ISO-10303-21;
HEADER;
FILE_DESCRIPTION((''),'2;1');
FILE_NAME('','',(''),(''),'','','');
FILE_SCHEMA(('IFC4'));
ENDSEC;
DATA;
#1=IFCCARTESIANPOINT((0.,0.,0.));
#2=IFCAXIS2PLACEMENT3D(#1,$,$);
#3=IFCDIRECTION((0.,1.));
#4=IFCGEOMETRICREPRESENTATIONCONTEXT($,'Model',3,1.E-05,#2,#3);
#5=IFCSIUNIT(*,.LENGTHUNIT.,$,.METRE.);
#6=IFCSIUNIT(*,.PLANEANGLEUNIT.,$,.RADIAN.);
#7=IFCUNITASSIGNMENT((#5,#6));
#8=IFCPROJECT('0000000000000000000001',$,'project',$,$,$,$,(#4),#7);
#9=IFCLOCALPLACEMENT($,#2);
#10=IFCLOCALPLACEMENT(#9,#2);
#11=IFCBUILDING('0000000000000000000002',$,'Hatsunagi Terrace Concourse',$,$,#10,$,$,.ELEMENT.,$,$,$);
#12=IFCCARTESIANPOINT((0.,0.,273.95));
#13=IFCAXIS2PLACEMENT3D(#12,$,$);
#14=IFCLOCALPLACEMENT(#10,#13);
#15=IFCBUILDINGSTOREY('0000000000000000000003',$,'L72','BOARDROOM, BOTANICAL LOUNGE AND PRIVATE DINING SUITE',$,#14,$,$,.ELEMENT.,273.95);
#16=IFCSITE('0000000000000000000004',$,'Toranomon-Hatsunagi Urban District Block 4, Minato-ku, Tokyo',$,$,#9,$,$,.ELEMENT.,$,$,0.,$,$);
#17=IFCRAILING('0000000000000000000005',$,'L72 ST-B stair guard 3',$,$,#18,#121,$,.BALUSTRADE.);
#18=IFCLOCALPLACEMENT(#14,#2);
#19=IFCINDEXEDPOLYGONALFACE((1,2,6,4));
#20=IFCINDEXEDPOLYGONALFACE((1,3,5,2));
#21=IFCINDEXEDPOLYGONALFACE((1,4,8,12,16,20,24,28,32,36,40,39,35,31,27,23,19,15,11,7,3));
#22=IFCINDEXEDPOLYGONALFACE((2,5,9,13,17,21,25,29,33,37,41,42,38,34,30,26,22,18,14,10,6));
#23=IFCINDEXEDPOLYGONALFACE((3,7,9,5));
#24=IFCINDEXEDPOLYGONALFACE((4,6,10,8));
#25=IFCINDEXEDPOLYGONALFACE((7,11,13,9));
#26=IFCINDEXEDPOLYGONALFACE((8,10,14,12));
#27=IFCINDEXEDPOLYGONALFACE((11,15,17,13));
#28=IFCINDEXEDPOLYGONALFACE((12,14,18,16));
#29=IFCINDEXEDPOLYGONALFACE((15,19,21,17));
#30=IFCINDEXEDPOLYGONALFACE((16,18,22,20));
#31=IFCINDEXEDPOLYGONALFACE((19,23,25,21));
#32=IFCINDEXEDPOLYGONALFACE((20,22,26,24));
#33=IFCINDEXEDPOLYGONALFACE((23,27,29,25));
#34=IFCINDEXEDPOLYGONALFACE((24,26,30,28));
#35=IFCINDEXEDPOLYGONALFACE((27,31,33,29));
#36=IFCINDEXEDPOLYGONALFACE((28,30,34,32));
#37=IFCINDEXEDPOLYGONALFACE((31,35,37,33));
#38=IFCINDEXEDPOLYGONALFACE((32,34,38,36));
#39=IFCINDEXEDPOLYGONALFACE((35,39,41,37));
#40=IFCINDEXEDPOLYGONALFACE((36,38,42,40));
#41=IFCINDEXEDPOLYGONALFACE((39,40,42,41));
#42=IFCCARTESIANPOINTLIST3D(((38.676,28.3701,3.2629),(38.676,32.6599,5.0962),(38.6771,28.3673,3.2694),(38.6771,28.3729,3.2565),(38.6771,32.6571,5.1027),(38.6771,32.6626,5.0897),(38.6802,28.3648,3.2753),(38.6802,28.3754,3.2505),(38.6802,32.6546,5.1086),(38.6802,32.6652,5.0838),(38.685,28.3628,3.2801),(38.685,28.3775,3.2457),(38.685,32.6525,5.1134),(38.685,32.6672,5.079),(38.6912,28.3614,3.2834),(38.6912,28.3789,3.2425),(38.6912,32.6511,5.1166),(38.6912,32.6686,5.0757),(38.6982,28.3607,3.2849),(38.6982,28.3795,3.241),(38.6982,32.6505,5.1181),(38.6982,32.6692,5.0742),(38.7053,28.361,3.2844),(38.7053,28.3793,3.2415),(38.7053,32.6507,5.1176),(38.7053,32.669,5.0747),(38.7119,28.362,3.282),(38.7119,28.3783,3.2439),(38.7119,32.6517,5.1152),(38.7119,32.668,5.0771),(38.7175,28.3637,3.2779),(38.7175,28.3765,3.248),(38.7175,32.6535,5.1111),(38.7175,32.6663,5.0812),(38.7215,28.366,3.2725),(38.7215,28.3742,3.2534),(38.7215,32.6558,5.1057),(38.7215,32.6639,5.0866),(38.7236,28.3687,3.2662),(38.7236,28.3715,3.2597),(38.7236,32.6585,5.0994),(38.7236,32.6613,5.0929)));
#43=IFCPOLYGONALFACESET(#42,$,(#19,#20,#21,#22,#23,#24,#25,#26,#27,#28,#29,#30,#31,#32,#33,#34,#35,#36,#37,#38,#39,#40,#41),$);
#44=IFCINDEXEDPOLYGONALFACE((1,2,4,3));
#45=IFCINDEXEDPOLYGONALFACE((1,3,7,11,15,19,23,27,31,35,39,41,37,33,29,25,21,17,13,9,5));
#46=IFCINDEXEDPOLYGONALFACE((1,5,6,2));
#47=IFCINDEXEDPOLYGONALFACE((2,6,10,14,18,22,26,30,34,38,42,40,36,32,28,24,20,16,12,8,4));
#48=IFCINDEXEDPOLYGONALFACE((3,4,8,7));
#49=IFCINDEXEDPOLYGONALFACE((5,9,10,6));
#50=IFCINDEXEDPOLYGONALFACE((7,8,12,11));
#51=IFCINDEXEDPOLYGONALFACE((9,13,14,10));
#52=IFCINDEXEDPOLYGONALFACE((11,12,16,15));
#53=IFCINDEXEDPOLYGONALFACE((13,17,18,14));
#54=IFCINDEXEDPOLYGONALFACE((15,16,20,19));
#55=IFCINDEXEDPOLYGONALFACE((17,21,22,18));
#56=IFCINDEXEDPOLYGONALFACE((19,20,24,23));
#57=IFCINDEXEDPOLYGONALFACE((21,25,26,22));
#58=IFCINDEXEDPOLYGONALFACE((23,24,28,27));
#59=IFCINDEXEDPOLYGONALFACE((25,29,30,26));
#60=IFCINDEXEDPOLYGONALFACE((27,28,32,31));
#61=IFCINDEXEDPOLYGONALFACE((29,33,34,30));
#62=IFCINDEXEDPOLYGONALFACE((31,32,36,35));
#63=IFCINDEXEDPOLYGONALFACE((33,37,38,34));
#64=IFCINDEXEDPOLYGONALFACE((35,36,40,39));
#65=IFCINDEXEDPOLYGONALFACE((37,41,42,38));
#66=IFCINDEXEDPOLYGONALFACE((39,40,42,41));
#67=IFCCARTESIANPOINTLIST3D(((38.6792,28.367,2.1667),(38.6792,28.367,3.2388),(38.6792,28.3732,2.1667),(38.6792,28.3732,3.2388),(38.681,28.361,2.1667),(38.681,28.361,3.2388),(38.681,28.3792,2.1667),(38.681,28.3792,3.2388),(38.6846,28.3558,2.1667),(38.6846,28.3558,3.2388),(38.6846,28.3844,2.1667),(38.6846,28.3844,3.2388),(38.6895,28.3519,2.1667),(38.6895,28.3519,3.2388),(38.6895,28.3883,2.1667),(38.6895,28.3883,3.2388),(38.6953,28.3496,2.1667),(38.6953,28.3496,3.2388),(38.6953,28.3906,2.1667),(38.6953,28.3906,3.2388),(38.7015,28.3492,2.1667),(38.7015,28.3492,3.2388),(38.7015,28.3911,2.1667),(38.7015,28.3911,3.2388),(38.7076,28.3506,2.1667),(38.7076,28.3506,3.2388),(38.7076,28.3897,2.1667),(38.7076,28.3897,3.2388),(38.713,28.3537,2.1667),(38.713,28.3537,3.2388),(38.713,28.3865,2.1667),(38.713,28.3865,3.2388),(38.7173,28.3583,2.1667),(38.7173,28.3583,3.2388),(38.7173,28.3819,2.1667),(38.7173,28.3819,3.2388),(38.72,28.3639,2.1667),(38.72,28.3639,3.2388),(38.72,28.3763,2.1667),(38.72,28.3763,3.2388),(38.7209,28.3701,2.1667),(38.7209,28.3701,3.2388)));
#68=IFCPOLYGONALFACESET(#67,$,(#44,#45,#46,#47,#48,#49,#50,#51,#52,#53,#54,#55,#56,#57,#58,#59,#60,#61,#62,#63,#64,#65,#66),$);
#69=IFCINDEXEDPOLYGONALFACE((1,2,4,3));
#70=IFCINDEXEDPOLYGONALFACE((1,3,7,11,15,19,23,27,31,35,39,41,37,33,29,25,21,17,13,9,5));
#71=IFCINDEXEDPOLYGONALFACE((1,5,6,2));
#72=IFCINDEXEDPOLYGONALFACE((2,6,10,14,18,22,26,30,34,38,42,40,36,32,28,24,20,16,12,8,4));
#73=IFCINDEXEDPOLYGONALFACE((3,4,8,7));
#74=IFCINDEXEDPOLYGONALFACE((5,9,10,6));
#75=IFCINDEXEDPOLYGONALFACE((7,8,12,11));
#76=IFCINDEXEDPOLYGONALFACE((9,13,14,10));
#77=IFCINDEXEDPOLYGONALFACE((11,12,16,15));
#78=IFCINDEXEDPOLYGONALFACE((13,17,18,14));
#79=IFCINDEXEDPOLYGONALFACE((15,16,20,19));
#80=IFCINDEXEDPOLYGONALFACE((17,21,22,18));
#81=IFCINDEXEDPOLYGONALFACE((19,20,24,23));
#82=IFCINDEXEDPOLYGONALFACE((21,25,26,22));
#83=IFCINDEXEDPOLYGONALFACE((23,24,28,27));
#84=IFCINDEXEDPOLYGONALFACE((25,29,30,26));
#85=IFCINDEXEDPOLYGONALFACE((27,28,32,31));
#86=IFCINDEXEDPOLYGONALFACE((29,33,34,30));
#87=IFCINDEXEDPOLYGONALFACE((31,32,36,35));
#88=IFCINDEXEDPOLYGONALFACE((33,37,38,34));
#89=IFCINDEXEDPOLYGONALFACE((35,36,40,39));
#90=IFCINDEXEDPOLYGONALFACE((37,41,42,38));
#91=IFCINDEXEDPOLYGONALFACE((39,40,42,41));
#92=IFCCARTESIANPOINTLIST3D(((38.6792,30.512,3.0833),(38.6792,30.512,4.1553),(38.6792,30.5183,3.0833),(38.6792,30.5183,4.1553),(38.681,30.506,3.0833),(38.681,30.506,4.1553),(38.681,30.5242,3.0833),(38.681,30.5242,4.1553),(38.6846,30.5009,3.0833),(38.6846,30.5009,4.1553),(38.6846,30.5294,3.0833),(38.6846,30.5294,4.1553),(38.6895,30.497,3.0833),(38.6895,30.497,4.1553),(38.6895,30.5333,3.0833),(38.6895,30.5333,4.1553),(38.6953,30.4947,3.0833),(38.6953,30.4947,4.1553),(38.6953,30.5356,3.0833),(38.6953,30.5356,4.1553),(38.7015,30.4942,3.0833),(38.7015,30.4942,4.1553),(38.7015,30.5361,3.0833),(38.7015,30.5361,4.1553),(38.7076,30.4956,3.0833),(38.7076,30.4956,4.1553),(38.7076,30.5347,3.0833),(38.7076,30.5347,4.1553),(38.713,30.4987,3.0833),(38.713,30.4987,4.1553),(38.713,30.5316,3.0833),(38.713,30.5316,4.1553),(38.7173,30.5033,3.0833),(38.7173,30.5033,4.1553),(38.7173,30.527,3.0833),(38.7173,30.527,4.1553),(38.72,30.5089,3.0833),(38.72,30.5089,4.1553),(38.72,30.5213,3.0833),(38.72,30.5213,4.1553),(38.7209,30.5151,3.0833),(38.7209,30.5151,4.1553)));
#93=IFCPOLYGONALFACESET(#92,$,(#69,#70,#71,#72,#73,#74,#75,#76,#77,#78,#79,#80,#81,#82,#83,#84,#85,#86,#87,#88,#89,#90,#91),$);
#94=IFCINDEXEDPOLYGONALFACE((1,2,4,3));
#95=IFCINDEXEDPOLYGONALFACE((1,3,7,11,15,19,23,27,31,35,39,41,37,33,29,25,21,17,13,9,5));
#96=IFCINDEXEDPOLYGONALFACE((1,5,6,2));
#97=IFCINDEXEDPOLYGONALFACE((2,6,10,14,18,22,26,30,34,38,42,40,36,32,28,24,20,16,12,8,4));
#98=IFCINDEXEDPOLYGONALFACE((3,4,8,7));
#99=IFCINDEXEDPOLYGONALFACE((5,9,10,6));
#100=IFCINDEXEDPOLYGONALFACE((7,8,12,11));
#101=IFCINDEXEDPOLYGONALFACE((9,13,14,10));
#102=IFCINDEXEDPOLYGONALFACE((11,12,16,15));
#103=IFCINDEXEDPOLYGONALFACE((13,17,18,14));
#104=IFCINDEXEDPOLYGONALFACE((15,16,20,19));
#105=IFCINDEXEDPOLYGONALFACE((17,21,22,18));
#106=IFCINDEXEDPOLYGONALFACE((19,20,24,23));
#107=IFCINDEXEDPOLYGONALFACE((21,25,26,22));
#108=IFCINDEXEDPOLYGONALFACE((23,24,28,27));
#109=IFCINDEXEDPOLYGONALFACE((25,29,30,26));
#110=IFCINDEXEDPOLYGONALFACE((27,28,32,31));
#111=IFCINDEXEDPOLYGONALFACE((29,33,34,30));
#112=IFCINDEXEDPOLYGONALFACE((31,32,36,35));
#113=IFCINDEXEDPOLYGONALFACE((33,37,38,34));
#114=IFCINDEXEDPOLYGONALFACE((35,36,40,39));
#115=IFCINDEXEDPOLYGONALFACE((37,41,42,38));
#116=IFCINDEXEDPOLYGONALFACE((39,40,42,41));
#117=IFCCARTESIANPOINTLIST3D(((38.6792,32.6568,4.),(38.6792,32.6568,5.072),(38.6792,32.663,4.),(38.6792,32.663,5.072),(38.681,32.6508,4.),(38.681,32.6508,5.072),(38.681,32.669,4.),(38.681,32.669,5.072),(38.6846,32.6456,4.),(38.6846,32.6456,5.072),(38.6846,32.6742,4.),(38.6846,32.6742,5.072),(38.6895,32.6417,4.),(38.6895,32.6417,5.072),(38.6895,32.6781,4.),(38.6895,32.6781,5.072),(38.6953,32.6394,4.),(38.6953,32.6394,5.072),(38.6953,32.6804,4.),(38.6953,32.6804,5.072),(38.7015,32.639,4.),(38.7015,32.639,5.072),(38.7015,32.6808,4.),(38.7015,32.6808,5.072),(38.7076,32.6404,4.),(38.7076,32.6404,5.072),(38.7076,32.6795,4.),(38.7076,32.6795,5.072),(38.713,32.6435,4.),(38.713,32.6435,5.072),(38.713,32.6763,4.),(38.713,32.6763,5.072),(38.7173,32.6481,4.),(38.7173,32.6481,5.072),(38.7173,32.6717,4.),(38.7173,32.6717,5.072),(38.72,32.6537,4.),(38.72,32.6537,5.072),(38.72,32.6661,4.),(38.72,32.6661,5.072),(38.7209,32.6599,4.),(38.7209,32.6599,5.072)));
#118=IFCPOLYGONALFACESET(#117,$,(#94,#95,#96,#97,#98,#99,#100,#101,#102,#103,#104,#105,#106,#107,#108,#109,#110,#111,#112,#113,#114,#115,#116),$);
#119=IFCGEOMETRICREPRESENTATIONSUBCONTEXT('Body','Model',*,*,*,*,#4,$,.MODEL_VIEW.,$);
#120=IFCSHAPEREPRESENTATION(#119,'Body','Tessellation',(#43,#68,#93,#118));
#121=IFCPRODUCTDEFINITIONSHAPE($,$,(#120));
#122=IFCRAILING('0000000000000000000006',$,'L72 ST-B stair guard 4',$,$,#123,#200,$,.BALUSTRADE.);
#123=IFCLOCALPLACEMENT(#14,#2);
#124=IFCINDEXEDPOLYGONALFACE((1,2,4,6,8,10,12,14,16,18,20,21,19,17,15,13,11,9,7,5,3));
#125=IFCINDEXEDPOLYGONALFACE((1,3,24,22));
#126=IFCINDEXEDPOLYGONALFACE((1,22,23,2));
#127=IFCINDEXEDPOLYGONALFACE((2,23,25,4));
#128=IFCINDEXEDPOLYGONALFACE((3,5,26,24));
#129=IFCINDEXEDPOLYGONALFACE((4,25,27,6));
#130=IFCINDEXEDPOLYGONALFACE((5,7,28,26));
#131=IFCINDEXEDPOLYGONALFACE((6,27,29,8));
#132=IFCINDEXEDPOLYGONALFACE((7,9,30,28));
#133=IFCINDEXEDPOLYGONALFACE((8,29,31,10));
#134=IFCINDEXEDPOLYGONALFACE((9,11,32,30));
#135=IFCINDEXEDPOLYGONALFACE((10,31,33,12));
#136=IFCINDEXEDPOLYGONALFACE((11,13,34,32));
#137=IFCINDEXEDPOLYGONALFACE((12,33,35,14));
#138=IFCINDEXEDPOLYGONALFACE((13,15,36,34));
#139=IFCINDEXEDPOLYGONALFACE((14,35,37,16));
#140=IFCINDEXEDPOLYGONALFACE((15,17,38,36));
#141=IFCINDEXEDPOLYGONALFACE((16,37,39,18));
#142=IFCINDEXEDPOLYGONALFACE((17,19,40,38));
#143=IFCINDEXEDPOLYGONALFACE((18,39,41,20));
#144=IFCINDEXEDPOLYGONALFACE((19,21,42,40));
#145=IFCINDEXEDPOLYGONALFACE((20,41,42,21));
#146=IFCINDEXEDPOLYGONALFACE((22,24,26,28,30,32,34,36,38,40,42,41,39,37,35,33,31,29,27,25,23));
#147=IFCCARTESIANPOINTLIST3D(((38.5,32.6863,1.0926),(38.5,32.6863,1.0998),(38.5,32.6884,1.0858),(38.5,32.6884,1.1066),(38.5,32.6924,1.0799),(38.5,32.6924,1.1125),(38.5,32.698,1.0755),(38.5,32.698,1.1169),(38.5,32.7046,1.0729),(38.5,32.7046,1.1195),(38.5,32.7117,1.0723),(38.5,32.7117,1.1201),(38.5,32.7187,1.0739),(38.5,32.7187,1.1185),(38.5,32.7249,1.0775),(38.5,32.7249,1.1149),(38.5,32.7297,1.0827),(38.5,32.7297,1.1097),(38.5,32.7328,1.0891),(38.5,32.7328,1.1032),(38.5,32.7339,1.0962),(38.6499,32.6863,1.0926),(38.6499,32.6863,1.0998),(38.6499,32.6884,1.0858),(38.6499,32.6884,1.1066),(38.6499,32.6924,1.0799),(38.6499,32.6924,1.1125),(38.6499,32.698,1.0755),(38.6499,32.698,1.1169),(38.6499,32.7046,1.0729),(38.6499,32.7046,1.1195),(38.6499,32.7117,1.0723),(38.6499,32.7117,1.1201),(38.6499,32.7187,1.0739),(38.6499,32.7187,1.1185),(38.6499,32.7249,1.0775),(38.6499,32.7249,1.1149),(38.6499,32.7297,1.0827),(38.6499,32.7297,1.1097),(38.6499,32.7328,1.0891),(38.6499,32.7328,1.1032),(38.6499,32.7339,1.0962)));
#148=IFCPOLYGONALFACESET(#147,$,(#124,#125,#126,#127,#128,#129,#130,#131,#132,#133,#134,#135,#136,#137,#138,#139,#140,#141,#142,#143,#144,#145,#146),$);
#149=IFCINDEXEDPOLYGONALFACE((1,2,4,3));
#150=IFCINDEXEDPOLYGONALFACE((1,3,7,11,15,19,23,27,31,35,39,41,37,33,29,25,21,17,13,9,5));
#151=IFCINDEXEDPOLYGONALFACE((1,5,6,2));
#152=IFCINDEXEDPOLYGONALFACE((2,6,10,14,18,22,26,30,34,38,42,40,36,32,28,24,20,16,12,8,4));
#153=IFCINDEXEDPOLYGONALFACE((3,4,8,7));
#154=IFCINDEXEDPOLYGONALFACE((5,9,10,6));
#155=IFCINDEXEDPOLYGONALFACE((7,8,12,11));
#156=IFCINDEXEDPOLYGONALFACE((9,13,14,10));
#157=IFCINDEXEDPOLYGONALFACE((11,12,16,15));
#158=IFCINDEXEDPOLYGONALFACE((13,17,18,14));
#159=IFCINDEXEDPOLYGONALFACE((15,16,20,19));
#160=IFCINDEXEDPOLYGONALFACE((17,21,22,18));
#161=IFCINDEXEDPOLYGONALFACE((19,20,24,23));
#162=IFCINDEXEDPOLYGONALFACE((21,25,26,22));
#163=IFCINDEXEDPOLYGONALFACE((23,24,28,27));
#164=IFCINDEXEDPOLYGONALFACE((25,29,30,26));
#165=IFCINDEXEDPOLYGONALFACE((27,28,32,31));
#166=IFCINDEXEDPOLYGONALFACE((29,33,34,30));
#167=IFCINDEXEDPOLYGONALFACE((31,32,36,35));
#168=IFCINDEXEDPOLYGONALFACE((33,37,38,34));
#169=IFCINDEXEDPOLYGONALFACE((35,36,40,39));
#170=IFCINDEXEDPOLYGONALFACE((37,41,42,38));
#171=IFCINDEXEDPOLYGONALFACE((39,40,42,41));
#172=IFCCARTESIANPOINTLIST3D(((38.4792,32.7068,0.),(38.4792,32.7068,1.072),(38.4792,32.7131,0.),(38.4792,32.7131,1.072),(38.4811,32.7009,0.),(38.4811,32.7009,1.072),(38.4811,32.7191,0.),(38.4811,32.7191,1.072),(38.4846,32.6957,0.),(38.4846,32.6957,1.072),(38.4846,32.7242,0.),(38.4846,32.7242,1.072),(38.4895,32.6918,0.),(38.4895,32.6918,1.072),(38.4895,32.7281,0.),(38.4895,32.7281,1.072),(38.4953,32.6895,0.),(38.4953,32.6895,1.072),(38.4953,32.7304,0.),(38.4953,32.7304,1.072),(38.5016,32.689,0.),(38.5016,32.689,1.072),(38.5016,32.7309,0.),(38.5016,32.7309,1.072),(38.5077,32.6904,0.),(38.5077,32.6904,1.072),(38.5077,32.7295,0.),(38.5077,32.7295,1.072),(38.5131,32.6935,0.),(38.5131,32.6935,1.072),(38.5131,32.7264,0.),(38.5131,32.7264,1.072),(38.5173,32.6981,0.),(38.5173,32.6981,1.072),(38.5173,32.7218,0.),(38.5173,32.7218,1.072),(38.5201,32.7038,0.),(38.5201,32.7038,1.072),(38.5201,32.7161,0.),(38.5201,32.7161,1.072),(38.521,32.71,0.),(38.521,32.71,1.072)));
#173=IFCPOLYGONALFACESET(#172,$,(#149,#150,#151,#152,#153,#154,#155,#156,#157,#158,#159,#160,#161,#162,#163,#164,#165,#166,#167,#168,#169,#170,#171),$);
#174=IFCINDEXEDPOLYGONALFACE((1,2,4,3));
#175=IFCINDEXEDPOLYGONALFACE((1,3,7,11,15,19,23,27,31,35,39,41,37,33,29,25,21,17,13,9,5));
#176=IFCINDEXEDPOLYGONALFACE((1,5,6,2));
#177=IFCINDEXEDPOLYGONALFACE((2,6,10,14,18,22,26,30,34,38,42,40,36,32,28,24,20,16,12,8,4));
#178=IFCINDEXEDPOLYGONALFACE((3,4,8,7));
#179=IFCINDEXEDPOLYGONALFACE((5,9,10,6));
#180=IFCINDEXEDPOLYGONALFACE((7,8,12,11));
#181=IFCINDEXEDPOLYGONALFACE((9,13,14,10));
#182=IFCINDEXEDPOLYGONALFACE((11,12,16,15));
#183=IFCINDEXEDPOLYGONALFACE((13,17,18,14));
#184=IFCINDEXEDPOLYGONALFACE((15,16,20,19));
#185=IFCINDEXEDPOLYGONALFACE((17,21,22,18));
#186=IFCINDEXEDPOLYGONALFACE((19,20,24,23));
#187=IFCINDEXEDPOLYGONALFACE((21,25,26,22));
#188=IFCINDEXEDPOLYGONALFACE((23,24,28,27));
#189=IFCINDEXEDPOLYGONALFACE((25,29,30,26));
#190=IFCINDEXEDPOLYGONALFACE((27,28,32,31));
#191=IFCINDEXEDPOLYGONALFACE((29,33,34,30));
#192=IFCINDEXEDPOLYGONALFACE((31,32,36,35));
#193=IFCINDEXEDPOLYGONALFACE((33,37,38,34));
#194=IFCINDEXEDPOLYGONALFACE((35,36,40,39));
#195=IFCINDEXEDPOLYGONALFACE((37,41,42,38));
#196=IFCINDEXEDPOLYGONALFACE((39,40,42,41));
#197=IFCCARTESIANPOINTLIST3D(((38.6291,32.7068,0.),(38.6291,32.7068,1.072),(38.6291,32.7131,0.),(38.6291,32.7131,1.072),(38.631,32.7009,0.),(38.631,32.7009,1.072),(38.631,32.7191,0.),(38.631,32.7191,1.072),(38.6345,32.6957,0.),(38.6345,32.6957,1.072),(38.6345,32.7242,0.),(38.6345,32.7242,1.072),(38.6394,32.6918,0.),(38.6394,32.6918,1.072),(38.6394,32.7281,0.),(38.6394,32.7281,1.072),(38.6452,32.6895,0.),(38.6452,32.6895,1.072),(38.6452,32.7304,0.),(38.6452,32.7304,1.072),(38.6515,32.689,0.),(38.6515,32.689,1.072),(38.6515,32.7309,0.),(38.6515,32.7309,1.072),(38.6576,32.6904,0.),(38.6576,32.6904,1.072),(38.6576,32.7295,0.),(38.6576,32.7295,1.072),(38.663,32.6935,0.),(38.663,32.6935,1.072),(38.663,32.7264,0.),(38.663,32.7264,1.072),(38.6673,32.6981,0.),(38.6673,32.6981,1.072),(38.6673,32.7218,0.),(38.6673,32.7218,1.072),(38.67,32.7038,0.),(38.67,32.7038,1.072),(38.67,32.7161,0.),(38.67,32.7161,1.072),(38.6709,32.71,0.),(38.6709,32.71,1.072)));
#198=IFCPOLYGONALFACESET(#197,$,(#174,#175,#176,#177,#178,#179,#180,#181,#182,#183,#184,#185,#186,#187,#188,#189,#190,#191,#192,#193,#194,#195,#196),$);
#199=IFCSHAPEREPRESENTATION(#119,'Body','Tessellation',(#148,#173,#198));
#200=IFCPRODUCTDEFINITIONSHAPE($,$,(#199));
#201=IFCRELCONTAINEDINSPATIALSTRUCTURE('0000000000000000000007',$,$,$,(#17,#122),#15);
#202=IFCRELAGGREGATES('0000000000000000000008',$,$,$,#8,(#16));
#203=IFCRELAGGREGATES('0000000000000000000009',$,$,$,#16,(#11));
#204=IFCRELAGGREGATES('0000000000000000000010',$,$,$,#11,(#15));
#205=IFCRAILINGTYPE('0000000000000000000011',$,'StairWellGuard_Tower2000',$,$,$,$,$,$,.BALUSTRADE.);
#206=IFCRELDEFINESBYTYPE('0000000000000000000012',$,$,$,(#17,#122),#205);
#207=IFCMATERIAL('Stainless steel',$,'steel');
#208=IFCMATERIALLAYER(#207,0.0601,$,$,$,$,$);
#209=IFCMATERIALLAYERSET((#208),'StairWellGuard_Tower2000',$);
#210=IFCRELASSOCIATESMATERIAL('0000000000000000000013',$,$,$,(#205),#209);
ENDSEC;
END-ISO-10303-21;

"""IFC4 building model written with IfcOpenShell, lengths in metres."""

from ifc_helpers import new_model, si_unit, direction, frame, origin, origin_2d, place, context, subcontext, project, spatial, circle, extrude, material, layer, layer_set, type_object, element, save


model = new_model("IFC4")

# Units and contexts
model_context = context("Model", 3, precision=1e-05, world=origin(), true_north=direction((0.0, 1.0)))
body_context = subcontext(model_context, "Body", "Model", "MODEL_VIEW")
ifc_project = project(units=[si_unit("LENGTHUNIT", "METRE"), si_unit("PLANEANGLEUNIT", "RADIAN")], contexts=[model_context])

# Site, building, storey
site_placement = place(None, origin())
site = spatial("IfcSite", under=ifc_project, at=site_placement, Name="Toranomon-Hatsunagi Urban District Block 4, Minato-ku, Tokyo", CompositionType="ELEMENT", RefElevation=0.0)
building_placement = place(site_placement, origin())
building = spatial("IfcBuilding", under=site, at=building_placement, Name="Hatsunagi Terrace Concourse", CompositionType="ELEMENT")
storey_placement = place(building_placement, frame((0.0, 0.0, 273.95)))
storey = spatial("IfcBuildingStorey", under=building, at=storey_placement, Name="L72", Description="BOARDROOM, BOTANICAL LOUNGE AND PRIVATE DINING SUITE", CompositionType="ELEMENT", Elevation=273.95)

# Railings
ifc_material_1 = material(Name="Stainless steel", Category="steel")
ifc_layer_1 = layer(ifc_material_1, 0.0601)
ifc_layer_set_1 = layer_set([ifc_layer_1], Name="StairWellGuard_Tower2000")
railing_type_1 = type_object("IfcRailingType", Name="StairWellGuard_Tower2000", PredefinedType="BALUSTRADE", material=ifc_layer_set_1)
railing_1_placement = place(storey_placement, frame((38.7, 28.3701, 2.1667)))
element("IfcRailing", 1, at=railing_1_placement, inside=storey, type_object=railing_type_1, Name="L72 ST-B stair guard 3", PredefinedType="BALUSTRADE", context=body_context, shape_type="SweptSolid", body=[
    extrude(circle(Radius=0.0239, at=origin_2d()), frame((0.0, 0.0, 1.0962), z_axis=(0.0, 0.919551, 0.392972), x_axis=(-1.0, 0.0, 0.0)), (0.0, 0.0, 1.0), 4.665),
    extrude(circle(Radius=0.021, at=origin_2d()), origin(), (0.0, 0.0, 1.0), 1.072),
    extrude(circle(Radius=0.021, at=origin_2d()), frame((0.0, 2.145, 0.9165)), (0.0, 0.0, 1.0), 1.072),
    extrude(circle(Radius=0.021, at=origin_2d()), frame((0.0, 4.2898, 1.8333)), (0.0, 0.0, 1.0), 1.072),
])
railing_2_placement = place(storey_placement, frame((38.5, 32.71, 0.0)))
element("IfcRailing", 2, at=railing_2_placement, inside=storey, type_object=railing_type_1, Name="L72 ST-B stair guard 4", PredefinedType="BALUSTRADE", context=body_context, shape_type="SweptSolid", body=[
    extrude(circle(Radius=0.0239, at=origin_2d()), frame((0.0, 0.0, 1.0962), z_axis=(1.0, 0.0, 0.0), x_axis=(0.0, 1.0, 0.0)), (0.0, 0.0, 1.0), 0.1499),
    extrude(circle(Radius=0.021, at=origin_2d()), origin(), (0.0, 0.0, 1.0), 1.072),
    extrude(circle(Radius=0.021, at=origin_2d()), frame((0.1499, 0.0, 0.0)), (0.0, 0.0, 1.0), 1.072),
])

save(model, "model.ifc")
